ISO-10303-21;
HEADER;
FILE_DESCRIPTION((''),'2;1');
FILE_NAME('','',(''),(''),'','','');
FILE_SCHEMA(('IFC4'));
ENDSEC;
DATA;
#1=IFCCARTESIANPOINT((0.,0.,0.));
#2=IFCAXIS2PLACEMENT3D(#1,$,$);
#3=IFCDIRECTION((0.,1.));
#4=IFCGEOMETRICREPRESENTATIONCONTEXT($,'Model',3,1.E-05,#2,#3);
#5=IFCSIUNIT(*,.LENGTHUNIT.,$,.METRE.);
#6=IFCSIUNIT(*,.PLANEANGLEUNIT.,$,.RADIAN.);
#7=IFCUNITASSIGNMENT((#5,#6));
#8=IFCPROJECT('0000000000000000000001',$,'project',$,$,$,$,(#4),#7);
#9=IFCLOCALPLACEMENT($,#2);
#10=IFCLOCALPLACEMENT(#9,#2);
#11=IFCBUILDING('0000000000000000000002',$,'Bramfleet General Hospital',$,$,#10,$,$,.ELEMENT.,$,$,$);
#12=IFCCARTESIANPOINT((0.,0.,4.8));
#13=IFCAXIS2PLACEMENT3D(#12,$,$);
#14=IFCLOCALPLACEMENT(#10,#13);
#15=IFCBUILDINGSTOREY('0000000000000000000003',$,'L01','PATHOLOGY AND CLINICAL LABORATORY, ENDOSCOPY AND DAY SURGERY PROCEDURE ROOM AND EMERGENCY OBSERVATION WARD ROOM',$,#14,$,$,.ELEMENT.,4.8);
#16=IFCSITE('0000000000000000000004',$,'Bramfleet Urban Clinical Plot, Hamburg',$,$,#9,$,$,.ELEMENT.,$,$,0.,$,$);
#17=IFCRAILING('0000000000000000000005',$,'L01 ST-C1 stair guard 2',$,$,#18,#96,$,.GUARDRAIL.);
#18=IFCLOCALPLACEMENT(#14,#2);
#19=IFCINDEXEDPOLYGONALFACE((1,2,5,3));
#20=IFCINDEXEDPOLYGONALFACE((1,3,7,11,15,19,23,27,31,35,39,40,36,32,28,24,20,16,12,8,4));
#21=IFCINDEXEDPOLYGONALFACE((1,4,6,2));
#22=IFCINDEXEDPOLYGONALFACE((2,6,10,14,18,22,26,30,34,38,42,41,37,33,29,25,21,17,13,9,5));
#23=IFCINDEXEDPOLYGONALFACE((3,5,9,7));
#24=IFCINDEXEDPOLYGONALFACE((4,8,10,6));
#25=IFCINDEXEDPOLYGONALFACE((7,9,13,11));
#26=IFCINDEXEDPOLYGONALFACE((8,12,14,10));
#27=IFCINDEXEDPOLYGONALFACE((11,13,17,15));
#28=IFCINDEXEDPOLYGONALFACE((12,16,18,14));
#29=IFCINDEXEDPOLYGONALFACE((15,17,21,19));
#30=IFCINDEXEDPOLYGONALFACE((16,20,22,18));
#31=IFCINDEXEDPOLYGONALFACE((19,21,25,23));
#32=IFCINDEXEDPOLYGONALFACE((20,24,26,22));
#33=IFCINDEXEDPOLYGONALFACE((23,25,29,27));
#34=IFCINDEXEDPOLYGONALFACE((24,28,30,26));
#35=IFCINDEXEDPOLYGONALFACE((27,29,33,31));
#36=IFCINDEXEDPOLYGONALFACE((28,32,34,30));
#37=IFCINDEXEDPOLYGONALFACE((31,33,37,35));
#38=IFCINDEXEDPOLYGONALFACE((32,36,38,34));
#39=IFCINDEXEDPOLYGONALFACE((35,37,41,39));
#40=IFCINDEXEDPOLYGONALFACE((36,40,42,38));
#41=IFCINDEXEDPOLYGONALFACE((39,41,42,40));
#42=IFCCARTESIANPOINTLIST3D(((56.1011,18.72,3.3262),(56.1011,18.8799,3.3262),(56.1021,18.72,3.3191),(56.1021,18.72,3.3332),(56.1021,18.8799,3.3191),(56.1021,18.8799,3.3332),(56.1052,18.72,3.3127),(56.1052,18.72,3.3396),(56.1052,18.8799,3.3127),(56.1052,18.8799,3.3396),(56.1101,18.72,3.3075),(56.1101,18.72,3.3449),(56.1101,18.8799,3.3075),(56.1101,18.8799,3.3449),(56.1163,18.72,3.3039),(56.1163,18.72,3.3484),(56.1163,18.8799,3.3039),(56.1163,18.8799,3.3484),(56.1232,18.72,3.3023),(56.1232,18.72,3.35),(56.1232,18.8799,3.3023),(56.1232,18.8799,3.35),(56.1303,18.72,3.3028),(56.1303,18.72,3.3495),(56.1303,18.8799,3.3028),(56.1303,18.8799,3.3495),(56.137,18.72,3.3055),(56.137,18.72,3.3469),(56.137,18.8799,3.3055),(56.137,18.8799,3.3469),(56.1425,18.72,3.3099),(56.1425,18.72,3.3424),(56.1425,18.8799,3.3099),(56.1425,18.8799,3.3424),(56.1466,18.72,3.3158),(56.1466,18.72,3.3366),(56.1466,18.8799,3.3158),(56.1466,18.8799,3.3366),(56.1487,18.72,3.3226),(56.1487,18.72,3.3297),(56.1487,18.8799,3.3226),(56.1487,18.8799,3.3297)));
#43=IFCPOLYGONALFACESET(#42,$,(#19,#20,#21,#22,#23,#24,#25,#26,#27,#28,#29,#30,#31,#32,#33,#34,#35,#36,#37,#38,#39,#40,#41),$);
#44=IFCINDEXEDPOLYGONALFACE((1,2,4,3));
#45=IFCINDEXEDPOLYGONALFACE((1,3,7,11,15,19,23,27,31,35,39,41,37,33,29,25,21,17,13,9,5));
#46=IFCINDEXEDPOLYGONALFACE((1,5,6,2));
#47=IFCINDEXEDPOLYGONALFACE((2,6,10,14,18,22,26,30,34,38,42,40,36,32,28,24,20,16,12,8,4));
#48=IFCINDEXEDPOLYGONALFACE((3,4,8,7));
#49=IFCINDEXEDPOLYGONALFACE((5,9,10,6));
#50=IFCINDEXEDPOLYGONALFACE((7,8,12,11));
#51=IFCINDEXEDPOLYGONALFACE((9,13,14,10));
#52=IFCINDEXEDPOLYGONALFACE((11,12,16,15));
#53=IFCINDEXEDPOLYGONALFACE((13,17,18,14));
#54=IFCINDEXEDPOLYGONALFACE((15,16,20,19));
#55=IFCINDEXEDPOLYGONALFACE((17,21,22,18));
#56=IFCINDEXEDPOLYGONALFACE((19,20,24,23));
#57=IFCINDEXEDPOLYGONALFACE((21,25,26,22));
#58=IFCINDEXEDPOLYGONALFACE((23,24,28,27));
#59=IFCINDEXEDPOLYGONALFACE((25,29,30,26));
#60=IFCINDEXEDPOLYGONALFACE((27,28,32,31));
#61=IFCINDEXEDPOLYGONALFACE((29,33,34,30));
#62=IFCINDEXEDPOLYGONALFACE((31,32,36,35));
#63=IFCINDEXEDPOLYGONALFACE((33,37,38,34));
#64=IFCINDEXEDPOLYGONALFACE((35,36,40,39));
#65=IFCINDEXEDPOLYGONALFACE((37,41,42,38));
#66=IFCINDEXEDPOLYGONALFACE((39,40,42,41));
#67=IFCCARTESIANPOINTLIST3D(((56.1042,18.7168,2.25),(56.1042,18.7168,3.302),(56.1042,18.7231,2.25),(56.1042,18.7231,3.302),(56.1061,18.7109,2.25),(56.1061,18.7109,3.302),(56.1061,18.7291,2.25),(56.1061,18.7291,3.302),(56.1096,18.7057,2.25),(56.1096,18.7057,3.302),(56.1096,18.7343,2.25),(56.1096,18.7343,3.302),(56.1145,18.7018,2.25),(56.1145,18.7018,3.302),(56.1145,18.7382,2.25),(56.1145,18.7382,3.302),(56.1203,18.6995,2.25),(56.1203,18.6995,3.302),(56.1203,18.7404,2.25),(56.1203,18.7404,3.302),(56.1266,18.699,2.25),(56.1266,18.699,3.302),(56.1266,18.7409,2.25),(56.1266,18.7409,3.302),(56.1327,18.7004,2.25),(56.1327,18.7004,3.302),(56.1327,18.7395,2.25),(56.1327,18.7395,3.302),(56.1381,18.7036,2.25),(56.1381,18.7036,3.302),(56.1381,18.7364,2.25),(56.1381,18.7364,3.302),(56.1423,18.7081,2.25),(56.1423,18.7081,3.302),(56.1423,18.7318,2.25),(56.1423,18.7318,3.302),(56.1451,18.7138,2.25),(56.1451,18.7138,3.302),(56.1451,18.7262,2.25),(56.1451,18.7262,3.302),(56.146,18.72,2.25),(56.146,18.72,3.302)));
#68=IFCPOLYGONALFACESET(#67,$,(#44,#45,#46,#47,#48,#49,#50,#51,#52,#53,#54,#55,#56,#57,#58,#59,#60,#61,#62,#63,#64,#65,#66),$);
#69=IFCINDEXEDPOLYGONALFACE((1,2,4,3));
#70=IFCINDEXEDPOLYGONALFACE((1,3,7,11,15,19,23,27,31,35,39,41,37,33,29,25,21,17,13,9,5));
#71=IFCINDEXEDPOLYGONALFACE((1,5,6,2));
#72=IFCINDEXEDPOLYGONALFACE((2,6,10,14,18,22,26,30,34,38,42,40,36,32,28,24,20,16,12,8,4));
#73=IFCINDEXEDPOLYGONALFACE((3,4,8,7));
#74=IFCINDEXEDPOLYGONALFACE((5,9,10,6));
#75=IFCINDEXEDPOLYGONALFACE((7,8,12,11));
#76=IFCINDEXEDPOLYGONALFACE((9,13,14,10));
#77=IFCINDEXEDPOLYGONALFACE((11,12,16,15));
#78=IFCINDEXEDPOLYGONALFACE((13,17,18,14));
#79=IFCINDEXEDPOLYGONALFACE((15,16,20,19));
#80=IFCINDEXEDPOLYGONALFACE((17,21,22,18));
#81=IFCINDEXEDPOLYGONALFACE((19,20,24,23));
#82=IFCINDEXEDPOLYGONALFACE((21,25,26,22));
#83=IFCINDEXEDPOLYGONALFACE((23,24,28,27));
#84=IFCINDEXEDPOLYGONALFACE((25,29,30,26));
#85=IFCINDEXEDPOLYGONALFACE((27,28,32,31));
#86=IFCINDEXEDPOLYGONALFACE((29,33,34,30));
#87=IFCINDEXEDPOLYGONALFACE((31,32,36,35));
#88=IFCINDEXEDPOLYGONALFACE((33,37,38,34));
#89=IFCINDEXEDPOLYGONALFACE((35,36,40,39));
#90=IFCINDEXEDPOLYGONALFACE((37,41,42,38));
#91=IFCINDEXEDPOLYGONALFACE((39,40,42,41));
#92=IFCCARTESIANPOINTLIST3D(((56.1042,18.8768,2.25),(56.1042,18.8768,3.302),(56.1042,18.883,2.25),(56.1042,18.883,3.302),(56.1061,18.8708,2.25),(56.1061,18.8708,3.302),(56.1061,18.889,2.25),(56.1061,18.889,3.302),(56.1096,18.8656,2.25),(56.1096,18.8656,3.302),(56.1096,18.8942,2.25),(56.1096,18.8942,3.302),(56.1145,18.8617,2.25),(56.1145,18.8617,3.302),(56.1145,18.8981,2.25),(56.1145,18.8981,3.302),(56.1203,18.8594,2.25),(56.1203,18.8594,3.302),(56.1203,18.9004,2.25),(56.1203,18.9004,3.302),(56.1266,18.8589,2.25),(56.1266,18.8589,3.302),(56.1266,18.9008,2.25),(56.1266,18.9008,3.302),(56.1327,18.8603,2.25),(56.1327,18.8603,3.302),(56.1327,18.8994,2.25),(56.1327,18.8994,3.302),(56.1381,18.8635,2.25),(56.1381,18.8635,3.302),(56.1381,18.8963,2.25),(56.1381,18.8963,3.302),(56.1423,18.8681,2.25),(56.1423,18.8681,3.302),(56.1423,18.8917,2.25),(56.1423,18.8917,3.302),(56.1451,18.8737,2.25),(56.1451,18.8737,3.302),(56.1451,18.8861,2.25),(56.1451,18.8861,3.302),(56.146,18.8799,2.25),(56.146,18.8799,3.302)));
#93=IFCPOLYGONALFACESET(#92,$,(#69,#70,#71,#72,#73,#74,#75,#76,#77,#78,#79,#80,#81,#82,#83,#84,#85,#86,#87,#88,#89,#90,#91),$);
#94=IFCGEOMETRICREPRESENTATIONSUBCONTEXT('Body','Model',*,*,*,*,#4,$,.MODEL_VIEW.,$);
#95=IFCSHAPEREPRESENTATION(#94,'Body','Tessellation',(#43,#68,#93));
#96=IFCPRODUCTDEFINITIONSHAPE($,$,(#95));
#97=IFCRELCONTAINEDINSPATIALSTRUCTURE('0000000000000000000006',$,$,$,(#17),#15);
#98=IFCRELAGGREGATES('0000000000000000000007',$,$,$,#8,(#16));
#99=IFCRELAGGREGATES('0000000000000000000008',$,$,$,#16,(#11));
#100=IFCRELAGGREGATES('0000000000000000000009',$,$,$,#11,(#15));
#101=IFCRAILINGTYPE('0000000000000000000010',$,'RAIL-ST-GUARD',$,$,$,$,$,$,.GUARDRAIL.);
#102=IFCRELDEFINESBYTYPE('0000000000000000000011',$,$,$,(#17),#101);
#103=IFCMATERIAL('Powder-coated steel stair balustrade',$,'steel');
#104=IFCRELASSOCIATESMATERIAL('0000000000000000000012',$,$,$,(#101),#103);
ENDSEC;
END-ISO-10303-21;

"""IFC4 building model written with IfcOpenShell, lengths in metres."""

from ifc_helpers import new_model, si_unit, direction, frame, origin, origin_2d, place, context, subcontext, project, spatial, circle, extrude, material, type_object, element, save


model = new_model("IFC4")

# Units and contexts
model_context = context("Model", 3, precision=1e-05, world=origin(), true_north=direction((0.0, 1.0)))
body_context = subcontext(model_context, "Body", "Model", "MODEL_VIEW")
ifc_project = project(units=[si_unit("LENGTHUNIT", "METRE"), si_unit("PLANEANGLEUNIT", "RADIAN")], contexts=[model_context])

# Site, building, storey
site_placement = place(None, origin())
site = spatial("IfcSite", under=ifc_project, at=site_placement, Name="Bramfleet Urban Clinical Plot, Hamburg", CompositionType="ELEMENT", RefElevation=0.0)
building_placement = place(site_placement, origin())
building = spatial("IfcBuilding", under=site, at=building_placement, Name="Bramfleet General Hospital", CompositionType="ELEMENT")
storey_placement = place(building_placement, frame((0.0, 0.0, 4.8)))
storey = spatial("IfcBuildingStorey", under=building, at=storey_placement, Name="L01", Description="PATHOLOGY AND CLINICAL LABORATORY, ENDOSCOPY AND DAY SURGERY PROCEDURE ROOM AND EMERGENCY OBSERVATION WARD ROOM", CompositionType="ELEMENT", Elevation=4.8)

# Railing
ifc_material_1 = material(Name="Powder-coated steel stair balustrade", Category="steel")
railing_type_1 = type_object("IfcRailingType", Name="RAIL-ST-GUARD", PredefinedType="GUARDRAIL", material=ifc_material_1)
railing_1_placement = place(storey_placement, frame((56.125, 18.72, 2.25)))
element("IfcRailing", 1, at=railing_1_placement, inside=storey, type_object=railing_type_1, Name="L01 ST-C1 stair guard 2", PredefinedType="GUARDRAIL", context=body_context, shape_type="SweptSolid", body=[
    extrude(circle(Radius=0.0239, at=origin_2d()), frame((0.0, 0.0, 1.0762), z_axis=(0.0, 1.0, 0.0), x_axis=(-1.0, 0.0, 0.0)), (0.0, 0.0, 1.0), 0.1599),
    extrude(circle(Radius=0.021, at=origin_2d()), origin(), (0.0, 0.0, 1.0), 1.052),
    extrude(circle(Radius=0.021, at=origin_2d()), frame((0.0, 0.1599, 0.0)), (0.0, 0.0, 1.0), 1.052),
])

save(model, "model.ifc")
